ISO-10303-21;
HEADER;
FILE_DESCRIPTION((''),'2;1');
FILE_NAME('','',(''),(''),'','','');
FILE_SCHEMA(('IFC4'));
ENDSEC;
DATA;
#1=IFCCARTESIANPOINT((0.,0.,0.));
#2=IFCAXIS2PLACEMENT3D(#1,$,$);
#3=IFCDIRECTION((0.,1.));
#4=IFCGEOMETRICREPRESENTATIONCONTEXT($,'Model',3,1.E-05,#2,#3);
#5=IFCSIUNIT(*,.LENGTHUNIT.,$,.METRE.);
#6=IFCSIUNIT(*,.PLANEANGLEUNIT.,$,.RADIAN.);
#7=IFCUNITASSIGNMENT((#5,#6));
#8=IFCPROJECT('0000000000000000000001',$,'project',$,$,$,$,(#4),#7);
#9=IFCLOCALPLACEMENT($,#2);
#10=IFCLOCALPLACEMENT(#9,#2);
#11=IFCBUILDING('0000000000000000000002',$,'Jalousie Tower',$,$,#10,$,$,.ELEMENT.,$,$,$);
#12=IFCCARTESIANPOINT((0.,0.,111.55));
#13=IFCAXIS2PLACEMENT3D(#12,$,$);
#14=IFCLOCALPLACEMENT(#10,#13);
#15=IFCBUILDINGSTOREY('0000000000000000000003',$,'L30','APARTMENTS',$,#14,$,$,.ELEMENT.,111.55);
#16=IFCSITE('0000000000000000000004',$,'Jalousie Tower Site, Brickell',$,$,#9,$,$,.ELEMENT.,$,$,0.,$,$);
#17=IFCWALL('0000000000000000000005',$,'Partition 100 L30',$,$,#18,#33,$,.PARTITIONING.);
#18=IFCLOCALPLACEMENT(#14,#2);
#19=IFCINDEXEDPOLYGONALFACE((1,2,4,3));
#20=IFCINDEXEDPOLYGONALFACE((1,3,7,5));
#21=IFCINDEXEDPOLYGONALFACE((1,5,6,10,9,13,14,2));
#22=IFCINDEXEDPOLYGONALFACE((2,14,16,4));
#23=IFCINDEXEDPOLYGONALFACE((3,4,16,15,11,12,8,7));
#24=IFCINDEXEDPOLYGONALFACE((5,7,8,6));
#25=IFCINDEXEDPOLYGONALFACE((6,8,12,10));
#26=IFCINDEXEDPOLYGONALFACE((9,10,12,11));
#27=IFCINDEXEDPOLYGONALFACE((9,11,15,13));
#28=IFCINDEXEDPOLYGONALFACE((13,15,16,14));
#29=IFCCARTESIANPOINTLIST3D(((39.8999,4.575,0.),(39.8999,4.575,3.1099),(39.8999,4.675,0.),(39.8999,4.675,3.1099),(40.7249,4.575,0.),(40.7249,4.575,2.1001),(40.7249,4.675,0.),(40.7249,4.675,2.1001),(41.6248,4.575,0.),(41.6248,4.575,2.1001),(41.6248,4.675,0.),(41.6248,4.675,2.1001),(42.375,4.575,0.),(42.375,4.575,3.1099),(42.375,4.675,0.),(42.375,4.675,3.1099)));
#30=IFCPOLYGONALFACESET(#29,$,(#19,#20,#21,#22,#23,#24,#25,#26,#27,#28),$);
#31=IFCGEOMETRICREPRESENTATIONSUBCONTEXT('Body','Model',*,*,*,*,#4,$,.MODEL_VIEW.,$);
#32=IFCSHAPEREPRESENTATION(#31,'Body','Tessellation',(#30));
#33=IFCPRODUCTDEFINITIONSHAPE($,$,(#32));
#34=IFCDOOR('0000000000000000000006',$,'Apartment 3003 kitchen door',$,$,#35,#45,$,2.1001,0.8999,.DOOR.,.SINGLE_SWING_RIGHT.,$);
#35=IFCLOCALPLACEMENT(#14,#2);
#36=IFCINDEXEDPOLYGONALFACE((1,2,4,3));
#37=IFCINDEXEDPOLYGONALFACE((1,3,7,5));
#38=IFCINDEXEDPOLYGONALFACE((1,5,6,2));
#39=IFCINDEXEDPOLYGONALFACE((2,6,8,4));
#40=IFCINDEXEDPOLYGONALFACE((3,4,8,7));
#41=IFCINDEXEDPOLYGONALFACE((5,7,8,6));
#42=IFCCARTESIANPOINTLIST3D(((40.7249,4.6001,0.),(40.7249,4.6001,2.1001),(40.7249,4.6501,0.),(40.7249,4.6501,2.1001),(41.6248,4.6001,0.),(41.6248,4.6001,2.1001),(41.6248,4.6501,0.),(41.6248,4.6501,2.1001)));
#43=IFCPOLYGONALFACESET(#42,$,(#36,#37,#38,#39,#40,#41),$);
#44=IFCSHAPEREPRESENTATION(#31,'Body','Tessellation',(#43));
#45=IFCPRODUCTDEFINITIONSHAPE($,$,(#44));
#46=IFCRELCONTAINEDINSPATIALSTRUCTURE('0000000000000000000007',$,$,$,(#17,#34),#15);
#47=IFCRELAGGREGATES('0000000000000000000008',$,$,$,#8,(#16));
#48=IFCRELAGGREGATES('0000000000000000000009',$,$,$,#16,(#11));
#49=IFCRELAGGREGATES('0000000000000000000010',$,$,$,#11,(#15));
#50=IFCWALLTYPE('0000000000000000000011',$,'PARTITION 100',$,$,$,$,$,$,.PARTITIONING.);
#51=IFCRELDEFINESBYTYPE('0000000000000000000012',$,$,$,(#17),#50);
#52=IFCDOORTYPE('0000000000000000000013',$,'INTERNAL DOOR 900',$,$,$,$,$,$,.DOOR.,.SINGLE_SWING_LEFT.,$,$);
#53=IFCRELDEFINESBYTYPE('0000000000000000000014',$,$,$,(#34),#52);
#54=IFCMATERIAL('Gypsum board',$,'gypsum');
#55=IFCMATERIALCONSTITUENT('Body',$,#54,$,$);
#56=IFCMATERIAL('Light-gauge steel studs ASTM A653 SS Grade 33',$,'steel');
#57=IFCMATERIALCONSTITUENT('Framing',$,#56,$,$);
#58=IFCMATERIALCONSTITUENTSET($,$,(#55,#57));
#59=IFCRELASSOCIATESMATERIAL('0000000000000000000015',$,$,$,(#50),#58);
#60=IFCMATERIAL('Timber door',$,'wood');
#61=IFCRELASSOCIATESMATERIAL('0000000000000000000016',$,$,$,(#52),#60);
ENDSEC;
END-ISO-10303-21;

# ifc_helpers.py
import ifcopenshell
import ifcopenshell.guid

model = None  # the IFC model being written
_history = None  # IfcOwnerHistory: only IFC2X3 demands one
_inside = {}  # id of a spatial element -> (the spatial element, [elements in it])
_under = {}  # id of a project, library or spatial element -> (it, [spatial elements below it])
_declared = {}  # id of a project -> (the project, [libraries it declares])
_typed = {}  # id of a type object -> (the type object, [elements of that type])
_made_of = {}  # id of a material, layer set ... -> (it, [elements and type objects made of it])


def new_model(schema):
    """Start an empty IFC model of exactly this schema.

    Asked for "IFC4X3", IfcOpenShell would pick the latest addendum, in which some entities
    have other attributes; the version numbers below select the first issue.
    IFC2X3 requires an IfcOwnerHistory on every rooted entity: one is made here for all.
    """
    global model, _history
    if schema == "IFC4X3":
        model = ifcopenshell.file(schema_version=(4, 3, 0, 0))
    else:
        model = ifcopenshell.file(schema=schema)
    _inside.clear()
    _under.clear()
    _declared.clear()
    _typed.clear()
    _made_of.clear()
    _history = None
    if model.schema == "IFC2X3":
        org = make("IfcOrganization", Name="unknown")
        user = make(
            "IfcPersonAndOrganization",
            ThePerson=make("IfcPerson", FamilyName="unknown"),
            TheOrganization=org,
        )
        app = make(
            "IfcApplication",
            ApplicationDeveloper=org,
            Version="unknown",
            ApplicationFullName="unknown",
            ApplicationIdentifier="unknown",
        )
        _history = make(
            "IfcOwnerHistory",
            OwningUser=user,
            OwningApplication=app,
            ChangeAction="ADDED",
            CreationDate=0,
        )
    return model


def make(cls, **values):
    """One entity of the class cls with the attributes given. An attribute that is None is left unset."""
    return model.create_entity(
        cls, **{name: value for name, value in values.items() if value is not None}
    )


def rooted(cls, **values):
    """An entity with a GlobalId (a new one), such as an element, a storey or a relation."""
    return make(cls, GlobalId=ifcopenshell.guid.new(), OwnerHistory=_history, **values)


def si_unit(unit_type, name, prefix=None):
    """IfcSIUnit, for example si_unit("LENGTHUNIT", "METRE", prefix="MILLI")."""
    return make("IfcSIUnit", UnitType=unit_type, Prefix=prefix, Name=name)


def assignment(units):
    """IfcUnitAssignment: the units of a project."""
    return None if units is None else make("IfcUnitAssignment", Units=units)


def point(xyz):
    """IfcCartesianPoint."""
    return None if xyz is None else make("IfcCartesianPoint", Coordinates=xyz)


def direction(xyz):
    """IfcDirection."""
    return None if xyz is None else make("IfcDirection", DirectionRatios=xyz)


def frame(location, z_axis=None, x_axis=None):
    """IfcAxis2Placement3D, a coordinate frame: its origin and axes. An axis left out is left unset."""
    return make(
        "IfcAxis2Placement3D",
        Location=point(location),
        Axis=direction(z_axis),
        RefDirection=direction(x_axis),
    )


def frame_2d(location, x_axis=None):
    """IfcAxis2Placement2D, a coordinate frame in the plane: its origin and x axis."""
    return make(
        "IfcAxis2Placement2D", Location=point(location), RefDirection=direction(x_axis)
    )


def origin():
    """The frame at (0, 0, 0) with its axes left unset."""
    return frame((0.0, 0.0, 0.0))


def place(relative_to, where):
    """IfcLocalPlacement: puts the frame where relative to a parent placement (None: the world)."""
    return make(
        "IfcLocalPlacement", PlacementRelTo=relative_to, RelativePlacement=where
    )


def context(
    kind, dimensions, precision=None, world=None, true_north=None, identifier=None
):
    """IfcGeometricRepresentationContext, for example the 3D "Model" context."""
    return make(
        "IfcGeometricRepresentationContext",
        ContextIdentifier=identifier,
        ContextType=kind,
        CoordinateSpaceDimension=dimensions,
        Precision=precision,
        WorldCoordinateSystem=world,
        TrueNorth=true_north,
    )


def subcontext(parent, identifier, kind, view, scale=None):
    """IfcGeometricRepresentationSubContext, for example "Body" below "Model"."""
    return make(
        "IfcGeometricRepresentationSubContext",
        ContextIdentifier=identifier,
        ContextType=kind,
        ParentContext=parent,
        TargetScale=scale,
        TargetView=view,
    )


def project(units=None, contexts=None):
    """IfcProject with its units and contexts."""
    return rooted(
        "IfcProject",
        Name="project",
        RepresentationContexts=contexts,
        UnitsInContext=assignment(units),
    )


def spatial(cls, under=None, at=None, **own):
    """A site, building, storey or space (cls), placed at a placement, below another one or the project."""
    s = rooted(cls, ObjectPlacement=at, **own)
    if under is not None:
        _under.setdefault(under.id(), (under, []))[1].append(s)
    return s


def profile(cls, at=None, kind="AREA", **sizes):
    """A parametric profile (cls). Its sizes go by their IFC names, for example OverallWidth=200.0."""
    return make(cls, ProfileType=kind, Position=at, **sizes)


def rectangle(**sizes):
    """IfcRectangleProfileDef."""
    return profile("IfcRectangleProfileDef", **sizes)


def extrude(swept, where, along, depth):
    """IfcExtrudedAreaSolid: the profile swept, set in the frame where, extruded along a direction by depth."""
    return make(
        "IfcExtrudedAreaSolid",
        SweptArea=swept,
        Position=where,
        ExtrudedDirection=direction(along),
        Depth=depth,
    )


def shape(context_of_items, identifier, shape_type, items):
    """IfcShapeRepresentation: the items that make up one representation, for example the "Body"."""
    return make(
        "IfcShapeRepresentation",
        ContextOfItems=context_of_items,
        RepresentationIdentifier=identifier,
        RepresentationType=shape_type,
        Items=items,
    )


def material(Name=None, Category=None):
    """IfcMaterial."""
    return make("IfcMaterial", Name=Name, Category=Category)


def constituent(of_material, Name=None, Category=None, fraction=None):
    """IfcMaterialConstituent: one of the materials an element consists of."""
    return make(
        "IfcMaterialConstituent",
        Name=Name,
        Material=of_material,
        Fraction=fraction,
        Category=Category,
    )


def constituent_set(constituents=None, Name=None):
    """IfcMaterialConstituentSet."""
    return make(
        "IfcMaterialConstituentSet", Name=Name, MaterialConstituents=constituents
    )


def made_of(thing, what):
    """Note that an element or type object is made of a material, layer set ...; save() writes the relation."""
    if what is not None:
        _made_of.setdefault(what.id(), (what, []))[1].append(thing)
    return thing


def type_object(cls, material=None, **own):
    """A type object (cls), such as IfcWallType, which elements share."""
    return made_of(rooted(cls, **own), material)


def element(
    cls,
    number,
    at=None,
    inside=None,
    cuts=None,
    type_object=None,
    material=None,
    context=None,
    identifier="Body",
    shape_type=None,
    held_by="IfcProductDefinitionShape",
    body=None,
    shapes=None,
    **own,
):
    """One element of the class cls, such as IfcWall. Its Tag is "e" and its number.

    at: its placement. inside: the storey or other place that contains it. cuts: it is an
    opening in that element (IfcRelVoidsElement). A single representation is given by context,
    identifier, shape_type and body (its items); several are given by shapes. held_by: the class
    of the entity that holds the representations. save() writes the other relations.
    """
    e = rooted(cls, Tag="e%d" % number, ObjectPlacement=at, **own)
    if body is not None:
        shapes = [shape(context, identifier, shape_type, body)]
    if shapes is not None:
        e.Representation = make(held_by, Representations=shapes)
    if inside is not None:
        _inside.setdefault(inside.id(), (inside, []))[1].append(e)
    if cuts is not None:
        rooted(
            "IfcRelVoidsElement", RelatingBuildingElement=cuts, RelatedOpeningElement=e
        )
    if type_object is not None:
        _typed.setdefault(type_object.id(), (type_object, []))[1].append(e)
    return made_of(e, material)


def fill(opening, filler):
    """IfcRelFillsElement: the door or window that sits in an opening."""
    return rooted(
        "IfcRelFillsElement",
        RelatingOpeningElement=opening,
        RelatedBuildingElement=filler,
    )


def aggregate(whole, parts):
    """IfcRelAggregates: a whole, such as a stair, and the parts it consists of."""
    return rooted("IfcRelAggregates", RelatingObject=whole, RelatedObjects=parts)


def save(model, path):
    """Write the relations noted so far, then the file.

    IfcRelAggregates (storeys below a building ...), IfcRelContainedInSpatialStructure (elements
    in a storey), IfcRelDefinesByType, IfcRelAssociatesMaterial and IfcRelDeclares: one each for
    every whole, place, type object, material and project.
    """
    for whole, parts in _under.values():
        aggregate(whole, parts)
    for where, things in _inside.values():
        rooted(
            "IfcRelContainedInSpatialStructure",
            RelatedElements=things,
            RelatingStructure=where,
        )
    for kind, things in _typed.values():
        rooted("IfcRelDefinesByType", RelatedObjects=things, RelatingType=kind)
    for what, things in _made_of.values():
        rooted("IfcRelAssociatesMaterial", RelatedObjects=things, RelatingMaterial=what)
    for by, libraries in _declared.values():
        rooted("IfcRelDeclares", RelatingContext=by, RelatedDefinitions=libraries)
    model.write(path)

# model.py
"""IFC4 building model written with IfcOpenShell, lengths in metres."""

from ifc_helpers import new_model, si_unit, direction, frame, frame_2d, origin, place, context, subcontext, project, spatial, rectangle, extrude, material, constituent, constituent_set, type_object, element, fill, save


model = new_model("IFC4")

# Units and contexts
model_context = context("Model", 3, precision=1e-05, world=origin(), true_north=direction((0.0, 1.0)))
body_context = subcontext(model_context, "Body", "Model", "MODEL_VIEW")
ifc_project = project(units=[si_unit("LENGTHUNIT", "METRE"), si_unit("PLANEANGLEUNIT", "RADIAN")], contexts=[model_context])

# Site, building, storey
site_placement = place(None, origin())
site = spatial("IfcSite", under=ifc_project, at=site_placement, Name="Jalousie Tower Site, Brickell", CompositionType="ELEMENT", RefElevation=0.0)
building_placement = place(site_placement, origin())
building = spatial("IfcBuilding", under=site, at=building_placement, Name="Jalousie Tower", CompositionType="ELEMENT")
storey_placement = place(building_placement, frame((0.0, 0.0, 111.55)))
storey = spatial("IfcBuildingStorey", under=building, at=storey_placement, Name="L30", Description="APARTMENTS", CompositionType="ELEMENT", Elevation=111.55)

# Shared definitions
ifc_material_1 = material(Name="Gypsum board", Category="gypsum")
ifc_constituent_1 = constituent(ifc_material_1, Name="Body")
ifc_material_2 = material(Name="Light-gauge steel studs ASTM A653 SS Grade 33", Category="steel")
ifc_constituent_2 = constituent(ifc_material_2, Name="Framing")
ifc_constituent_set_1 = constituent_set(constituents=[ifc_constituent_1, ifc_constituent_2])
wall_type_1 = type_object("IfcWallType", Name="PARTITION 100", PredefinedType="PARTITIONING", material=ifc_constituent_set_1)
ifc_material_3 = material(Name="Timber door", Category="wood")
door_type_1 = type_object("IfcDoorType", Name="INTERNAL DOOR 900", OperationType="SINGLE_SWING_LEFT", PredefinedType="DOOR", material=ifc_material_3)

# Wall, opening, door
wall_1_placement = place(storey_placement, frame((39.8999, 4.625, 0.0), z_axis=(0.0, 0.0, 1.0), x_axis=(1.0, 0.0, 0.0)))
wall_1 = element("IfcWall", 1, at=wall_1_placement, inside=storey, type_object=wall_type_1, Name="Partition 100 L30", PredefinedType="PARTITIONING", context=body_context, shape_type="SweptSolid", body=[
    extrude(rectangle(XDim=2.4751, YDim=0.1001, at=frame_2d((1.2375, 0.0))), origin(), (0.0, 0.0, 1.0), 3.1099),
])
opening_1_placement = place(wall_1_placement, frame((0.825, 0.0, 0.0)))
opening_1 = element("IfcOpeningElement", 2, at=opening_1_placement, cuts=wall_1, PredefinedType="OPENING", context=body_context, shape_type="SweptSolid", body=[
    extrude(rectangle(XDim=0.8999, YDim=2.1001, at=frame_2d((0.45, 1.05))), frame((0.0, 0.0601, 0.0), z_axis=(0.0, -1.0, 0.0), x_axis=(1.0, 0.0, 0.0)), (0.0, 0.0, 1.0), 0.1201),
])
door_1_placement = place(opening_1_placement, frame((0.8999, 0.0, 0.0), z_axis=(0.0, 0.0, 1.0), x_axis=(-1.0, 0.0, 0.0)))
door_1 = element("IfcDoor", 3, at=door_1_placement, inside=storey, type_object=door_type_1, Name="Apartment 3003 kitchen door", OperationType="SINGLE_SWING_RIGHT", OverallHeight=2.1001, OverallWidth=0.8999, PredefinedType="DOOR", context=body_context, shape_type="SweptSolid", body=[
    extrude(rectangle(XDim=0.8999, YDim=2.1001, at=frame_2d((0.45, 1.05))), frame((0.0, 0.0249, 0.0), z_axis=(0.0, -1.0, 0.0), x_axis=(1.0, 0.0, 0.0)), (0.0, 0.0, 1.0), 0.05),
])
fill(opening_1, door_1)

save(model, "model.ifc")
